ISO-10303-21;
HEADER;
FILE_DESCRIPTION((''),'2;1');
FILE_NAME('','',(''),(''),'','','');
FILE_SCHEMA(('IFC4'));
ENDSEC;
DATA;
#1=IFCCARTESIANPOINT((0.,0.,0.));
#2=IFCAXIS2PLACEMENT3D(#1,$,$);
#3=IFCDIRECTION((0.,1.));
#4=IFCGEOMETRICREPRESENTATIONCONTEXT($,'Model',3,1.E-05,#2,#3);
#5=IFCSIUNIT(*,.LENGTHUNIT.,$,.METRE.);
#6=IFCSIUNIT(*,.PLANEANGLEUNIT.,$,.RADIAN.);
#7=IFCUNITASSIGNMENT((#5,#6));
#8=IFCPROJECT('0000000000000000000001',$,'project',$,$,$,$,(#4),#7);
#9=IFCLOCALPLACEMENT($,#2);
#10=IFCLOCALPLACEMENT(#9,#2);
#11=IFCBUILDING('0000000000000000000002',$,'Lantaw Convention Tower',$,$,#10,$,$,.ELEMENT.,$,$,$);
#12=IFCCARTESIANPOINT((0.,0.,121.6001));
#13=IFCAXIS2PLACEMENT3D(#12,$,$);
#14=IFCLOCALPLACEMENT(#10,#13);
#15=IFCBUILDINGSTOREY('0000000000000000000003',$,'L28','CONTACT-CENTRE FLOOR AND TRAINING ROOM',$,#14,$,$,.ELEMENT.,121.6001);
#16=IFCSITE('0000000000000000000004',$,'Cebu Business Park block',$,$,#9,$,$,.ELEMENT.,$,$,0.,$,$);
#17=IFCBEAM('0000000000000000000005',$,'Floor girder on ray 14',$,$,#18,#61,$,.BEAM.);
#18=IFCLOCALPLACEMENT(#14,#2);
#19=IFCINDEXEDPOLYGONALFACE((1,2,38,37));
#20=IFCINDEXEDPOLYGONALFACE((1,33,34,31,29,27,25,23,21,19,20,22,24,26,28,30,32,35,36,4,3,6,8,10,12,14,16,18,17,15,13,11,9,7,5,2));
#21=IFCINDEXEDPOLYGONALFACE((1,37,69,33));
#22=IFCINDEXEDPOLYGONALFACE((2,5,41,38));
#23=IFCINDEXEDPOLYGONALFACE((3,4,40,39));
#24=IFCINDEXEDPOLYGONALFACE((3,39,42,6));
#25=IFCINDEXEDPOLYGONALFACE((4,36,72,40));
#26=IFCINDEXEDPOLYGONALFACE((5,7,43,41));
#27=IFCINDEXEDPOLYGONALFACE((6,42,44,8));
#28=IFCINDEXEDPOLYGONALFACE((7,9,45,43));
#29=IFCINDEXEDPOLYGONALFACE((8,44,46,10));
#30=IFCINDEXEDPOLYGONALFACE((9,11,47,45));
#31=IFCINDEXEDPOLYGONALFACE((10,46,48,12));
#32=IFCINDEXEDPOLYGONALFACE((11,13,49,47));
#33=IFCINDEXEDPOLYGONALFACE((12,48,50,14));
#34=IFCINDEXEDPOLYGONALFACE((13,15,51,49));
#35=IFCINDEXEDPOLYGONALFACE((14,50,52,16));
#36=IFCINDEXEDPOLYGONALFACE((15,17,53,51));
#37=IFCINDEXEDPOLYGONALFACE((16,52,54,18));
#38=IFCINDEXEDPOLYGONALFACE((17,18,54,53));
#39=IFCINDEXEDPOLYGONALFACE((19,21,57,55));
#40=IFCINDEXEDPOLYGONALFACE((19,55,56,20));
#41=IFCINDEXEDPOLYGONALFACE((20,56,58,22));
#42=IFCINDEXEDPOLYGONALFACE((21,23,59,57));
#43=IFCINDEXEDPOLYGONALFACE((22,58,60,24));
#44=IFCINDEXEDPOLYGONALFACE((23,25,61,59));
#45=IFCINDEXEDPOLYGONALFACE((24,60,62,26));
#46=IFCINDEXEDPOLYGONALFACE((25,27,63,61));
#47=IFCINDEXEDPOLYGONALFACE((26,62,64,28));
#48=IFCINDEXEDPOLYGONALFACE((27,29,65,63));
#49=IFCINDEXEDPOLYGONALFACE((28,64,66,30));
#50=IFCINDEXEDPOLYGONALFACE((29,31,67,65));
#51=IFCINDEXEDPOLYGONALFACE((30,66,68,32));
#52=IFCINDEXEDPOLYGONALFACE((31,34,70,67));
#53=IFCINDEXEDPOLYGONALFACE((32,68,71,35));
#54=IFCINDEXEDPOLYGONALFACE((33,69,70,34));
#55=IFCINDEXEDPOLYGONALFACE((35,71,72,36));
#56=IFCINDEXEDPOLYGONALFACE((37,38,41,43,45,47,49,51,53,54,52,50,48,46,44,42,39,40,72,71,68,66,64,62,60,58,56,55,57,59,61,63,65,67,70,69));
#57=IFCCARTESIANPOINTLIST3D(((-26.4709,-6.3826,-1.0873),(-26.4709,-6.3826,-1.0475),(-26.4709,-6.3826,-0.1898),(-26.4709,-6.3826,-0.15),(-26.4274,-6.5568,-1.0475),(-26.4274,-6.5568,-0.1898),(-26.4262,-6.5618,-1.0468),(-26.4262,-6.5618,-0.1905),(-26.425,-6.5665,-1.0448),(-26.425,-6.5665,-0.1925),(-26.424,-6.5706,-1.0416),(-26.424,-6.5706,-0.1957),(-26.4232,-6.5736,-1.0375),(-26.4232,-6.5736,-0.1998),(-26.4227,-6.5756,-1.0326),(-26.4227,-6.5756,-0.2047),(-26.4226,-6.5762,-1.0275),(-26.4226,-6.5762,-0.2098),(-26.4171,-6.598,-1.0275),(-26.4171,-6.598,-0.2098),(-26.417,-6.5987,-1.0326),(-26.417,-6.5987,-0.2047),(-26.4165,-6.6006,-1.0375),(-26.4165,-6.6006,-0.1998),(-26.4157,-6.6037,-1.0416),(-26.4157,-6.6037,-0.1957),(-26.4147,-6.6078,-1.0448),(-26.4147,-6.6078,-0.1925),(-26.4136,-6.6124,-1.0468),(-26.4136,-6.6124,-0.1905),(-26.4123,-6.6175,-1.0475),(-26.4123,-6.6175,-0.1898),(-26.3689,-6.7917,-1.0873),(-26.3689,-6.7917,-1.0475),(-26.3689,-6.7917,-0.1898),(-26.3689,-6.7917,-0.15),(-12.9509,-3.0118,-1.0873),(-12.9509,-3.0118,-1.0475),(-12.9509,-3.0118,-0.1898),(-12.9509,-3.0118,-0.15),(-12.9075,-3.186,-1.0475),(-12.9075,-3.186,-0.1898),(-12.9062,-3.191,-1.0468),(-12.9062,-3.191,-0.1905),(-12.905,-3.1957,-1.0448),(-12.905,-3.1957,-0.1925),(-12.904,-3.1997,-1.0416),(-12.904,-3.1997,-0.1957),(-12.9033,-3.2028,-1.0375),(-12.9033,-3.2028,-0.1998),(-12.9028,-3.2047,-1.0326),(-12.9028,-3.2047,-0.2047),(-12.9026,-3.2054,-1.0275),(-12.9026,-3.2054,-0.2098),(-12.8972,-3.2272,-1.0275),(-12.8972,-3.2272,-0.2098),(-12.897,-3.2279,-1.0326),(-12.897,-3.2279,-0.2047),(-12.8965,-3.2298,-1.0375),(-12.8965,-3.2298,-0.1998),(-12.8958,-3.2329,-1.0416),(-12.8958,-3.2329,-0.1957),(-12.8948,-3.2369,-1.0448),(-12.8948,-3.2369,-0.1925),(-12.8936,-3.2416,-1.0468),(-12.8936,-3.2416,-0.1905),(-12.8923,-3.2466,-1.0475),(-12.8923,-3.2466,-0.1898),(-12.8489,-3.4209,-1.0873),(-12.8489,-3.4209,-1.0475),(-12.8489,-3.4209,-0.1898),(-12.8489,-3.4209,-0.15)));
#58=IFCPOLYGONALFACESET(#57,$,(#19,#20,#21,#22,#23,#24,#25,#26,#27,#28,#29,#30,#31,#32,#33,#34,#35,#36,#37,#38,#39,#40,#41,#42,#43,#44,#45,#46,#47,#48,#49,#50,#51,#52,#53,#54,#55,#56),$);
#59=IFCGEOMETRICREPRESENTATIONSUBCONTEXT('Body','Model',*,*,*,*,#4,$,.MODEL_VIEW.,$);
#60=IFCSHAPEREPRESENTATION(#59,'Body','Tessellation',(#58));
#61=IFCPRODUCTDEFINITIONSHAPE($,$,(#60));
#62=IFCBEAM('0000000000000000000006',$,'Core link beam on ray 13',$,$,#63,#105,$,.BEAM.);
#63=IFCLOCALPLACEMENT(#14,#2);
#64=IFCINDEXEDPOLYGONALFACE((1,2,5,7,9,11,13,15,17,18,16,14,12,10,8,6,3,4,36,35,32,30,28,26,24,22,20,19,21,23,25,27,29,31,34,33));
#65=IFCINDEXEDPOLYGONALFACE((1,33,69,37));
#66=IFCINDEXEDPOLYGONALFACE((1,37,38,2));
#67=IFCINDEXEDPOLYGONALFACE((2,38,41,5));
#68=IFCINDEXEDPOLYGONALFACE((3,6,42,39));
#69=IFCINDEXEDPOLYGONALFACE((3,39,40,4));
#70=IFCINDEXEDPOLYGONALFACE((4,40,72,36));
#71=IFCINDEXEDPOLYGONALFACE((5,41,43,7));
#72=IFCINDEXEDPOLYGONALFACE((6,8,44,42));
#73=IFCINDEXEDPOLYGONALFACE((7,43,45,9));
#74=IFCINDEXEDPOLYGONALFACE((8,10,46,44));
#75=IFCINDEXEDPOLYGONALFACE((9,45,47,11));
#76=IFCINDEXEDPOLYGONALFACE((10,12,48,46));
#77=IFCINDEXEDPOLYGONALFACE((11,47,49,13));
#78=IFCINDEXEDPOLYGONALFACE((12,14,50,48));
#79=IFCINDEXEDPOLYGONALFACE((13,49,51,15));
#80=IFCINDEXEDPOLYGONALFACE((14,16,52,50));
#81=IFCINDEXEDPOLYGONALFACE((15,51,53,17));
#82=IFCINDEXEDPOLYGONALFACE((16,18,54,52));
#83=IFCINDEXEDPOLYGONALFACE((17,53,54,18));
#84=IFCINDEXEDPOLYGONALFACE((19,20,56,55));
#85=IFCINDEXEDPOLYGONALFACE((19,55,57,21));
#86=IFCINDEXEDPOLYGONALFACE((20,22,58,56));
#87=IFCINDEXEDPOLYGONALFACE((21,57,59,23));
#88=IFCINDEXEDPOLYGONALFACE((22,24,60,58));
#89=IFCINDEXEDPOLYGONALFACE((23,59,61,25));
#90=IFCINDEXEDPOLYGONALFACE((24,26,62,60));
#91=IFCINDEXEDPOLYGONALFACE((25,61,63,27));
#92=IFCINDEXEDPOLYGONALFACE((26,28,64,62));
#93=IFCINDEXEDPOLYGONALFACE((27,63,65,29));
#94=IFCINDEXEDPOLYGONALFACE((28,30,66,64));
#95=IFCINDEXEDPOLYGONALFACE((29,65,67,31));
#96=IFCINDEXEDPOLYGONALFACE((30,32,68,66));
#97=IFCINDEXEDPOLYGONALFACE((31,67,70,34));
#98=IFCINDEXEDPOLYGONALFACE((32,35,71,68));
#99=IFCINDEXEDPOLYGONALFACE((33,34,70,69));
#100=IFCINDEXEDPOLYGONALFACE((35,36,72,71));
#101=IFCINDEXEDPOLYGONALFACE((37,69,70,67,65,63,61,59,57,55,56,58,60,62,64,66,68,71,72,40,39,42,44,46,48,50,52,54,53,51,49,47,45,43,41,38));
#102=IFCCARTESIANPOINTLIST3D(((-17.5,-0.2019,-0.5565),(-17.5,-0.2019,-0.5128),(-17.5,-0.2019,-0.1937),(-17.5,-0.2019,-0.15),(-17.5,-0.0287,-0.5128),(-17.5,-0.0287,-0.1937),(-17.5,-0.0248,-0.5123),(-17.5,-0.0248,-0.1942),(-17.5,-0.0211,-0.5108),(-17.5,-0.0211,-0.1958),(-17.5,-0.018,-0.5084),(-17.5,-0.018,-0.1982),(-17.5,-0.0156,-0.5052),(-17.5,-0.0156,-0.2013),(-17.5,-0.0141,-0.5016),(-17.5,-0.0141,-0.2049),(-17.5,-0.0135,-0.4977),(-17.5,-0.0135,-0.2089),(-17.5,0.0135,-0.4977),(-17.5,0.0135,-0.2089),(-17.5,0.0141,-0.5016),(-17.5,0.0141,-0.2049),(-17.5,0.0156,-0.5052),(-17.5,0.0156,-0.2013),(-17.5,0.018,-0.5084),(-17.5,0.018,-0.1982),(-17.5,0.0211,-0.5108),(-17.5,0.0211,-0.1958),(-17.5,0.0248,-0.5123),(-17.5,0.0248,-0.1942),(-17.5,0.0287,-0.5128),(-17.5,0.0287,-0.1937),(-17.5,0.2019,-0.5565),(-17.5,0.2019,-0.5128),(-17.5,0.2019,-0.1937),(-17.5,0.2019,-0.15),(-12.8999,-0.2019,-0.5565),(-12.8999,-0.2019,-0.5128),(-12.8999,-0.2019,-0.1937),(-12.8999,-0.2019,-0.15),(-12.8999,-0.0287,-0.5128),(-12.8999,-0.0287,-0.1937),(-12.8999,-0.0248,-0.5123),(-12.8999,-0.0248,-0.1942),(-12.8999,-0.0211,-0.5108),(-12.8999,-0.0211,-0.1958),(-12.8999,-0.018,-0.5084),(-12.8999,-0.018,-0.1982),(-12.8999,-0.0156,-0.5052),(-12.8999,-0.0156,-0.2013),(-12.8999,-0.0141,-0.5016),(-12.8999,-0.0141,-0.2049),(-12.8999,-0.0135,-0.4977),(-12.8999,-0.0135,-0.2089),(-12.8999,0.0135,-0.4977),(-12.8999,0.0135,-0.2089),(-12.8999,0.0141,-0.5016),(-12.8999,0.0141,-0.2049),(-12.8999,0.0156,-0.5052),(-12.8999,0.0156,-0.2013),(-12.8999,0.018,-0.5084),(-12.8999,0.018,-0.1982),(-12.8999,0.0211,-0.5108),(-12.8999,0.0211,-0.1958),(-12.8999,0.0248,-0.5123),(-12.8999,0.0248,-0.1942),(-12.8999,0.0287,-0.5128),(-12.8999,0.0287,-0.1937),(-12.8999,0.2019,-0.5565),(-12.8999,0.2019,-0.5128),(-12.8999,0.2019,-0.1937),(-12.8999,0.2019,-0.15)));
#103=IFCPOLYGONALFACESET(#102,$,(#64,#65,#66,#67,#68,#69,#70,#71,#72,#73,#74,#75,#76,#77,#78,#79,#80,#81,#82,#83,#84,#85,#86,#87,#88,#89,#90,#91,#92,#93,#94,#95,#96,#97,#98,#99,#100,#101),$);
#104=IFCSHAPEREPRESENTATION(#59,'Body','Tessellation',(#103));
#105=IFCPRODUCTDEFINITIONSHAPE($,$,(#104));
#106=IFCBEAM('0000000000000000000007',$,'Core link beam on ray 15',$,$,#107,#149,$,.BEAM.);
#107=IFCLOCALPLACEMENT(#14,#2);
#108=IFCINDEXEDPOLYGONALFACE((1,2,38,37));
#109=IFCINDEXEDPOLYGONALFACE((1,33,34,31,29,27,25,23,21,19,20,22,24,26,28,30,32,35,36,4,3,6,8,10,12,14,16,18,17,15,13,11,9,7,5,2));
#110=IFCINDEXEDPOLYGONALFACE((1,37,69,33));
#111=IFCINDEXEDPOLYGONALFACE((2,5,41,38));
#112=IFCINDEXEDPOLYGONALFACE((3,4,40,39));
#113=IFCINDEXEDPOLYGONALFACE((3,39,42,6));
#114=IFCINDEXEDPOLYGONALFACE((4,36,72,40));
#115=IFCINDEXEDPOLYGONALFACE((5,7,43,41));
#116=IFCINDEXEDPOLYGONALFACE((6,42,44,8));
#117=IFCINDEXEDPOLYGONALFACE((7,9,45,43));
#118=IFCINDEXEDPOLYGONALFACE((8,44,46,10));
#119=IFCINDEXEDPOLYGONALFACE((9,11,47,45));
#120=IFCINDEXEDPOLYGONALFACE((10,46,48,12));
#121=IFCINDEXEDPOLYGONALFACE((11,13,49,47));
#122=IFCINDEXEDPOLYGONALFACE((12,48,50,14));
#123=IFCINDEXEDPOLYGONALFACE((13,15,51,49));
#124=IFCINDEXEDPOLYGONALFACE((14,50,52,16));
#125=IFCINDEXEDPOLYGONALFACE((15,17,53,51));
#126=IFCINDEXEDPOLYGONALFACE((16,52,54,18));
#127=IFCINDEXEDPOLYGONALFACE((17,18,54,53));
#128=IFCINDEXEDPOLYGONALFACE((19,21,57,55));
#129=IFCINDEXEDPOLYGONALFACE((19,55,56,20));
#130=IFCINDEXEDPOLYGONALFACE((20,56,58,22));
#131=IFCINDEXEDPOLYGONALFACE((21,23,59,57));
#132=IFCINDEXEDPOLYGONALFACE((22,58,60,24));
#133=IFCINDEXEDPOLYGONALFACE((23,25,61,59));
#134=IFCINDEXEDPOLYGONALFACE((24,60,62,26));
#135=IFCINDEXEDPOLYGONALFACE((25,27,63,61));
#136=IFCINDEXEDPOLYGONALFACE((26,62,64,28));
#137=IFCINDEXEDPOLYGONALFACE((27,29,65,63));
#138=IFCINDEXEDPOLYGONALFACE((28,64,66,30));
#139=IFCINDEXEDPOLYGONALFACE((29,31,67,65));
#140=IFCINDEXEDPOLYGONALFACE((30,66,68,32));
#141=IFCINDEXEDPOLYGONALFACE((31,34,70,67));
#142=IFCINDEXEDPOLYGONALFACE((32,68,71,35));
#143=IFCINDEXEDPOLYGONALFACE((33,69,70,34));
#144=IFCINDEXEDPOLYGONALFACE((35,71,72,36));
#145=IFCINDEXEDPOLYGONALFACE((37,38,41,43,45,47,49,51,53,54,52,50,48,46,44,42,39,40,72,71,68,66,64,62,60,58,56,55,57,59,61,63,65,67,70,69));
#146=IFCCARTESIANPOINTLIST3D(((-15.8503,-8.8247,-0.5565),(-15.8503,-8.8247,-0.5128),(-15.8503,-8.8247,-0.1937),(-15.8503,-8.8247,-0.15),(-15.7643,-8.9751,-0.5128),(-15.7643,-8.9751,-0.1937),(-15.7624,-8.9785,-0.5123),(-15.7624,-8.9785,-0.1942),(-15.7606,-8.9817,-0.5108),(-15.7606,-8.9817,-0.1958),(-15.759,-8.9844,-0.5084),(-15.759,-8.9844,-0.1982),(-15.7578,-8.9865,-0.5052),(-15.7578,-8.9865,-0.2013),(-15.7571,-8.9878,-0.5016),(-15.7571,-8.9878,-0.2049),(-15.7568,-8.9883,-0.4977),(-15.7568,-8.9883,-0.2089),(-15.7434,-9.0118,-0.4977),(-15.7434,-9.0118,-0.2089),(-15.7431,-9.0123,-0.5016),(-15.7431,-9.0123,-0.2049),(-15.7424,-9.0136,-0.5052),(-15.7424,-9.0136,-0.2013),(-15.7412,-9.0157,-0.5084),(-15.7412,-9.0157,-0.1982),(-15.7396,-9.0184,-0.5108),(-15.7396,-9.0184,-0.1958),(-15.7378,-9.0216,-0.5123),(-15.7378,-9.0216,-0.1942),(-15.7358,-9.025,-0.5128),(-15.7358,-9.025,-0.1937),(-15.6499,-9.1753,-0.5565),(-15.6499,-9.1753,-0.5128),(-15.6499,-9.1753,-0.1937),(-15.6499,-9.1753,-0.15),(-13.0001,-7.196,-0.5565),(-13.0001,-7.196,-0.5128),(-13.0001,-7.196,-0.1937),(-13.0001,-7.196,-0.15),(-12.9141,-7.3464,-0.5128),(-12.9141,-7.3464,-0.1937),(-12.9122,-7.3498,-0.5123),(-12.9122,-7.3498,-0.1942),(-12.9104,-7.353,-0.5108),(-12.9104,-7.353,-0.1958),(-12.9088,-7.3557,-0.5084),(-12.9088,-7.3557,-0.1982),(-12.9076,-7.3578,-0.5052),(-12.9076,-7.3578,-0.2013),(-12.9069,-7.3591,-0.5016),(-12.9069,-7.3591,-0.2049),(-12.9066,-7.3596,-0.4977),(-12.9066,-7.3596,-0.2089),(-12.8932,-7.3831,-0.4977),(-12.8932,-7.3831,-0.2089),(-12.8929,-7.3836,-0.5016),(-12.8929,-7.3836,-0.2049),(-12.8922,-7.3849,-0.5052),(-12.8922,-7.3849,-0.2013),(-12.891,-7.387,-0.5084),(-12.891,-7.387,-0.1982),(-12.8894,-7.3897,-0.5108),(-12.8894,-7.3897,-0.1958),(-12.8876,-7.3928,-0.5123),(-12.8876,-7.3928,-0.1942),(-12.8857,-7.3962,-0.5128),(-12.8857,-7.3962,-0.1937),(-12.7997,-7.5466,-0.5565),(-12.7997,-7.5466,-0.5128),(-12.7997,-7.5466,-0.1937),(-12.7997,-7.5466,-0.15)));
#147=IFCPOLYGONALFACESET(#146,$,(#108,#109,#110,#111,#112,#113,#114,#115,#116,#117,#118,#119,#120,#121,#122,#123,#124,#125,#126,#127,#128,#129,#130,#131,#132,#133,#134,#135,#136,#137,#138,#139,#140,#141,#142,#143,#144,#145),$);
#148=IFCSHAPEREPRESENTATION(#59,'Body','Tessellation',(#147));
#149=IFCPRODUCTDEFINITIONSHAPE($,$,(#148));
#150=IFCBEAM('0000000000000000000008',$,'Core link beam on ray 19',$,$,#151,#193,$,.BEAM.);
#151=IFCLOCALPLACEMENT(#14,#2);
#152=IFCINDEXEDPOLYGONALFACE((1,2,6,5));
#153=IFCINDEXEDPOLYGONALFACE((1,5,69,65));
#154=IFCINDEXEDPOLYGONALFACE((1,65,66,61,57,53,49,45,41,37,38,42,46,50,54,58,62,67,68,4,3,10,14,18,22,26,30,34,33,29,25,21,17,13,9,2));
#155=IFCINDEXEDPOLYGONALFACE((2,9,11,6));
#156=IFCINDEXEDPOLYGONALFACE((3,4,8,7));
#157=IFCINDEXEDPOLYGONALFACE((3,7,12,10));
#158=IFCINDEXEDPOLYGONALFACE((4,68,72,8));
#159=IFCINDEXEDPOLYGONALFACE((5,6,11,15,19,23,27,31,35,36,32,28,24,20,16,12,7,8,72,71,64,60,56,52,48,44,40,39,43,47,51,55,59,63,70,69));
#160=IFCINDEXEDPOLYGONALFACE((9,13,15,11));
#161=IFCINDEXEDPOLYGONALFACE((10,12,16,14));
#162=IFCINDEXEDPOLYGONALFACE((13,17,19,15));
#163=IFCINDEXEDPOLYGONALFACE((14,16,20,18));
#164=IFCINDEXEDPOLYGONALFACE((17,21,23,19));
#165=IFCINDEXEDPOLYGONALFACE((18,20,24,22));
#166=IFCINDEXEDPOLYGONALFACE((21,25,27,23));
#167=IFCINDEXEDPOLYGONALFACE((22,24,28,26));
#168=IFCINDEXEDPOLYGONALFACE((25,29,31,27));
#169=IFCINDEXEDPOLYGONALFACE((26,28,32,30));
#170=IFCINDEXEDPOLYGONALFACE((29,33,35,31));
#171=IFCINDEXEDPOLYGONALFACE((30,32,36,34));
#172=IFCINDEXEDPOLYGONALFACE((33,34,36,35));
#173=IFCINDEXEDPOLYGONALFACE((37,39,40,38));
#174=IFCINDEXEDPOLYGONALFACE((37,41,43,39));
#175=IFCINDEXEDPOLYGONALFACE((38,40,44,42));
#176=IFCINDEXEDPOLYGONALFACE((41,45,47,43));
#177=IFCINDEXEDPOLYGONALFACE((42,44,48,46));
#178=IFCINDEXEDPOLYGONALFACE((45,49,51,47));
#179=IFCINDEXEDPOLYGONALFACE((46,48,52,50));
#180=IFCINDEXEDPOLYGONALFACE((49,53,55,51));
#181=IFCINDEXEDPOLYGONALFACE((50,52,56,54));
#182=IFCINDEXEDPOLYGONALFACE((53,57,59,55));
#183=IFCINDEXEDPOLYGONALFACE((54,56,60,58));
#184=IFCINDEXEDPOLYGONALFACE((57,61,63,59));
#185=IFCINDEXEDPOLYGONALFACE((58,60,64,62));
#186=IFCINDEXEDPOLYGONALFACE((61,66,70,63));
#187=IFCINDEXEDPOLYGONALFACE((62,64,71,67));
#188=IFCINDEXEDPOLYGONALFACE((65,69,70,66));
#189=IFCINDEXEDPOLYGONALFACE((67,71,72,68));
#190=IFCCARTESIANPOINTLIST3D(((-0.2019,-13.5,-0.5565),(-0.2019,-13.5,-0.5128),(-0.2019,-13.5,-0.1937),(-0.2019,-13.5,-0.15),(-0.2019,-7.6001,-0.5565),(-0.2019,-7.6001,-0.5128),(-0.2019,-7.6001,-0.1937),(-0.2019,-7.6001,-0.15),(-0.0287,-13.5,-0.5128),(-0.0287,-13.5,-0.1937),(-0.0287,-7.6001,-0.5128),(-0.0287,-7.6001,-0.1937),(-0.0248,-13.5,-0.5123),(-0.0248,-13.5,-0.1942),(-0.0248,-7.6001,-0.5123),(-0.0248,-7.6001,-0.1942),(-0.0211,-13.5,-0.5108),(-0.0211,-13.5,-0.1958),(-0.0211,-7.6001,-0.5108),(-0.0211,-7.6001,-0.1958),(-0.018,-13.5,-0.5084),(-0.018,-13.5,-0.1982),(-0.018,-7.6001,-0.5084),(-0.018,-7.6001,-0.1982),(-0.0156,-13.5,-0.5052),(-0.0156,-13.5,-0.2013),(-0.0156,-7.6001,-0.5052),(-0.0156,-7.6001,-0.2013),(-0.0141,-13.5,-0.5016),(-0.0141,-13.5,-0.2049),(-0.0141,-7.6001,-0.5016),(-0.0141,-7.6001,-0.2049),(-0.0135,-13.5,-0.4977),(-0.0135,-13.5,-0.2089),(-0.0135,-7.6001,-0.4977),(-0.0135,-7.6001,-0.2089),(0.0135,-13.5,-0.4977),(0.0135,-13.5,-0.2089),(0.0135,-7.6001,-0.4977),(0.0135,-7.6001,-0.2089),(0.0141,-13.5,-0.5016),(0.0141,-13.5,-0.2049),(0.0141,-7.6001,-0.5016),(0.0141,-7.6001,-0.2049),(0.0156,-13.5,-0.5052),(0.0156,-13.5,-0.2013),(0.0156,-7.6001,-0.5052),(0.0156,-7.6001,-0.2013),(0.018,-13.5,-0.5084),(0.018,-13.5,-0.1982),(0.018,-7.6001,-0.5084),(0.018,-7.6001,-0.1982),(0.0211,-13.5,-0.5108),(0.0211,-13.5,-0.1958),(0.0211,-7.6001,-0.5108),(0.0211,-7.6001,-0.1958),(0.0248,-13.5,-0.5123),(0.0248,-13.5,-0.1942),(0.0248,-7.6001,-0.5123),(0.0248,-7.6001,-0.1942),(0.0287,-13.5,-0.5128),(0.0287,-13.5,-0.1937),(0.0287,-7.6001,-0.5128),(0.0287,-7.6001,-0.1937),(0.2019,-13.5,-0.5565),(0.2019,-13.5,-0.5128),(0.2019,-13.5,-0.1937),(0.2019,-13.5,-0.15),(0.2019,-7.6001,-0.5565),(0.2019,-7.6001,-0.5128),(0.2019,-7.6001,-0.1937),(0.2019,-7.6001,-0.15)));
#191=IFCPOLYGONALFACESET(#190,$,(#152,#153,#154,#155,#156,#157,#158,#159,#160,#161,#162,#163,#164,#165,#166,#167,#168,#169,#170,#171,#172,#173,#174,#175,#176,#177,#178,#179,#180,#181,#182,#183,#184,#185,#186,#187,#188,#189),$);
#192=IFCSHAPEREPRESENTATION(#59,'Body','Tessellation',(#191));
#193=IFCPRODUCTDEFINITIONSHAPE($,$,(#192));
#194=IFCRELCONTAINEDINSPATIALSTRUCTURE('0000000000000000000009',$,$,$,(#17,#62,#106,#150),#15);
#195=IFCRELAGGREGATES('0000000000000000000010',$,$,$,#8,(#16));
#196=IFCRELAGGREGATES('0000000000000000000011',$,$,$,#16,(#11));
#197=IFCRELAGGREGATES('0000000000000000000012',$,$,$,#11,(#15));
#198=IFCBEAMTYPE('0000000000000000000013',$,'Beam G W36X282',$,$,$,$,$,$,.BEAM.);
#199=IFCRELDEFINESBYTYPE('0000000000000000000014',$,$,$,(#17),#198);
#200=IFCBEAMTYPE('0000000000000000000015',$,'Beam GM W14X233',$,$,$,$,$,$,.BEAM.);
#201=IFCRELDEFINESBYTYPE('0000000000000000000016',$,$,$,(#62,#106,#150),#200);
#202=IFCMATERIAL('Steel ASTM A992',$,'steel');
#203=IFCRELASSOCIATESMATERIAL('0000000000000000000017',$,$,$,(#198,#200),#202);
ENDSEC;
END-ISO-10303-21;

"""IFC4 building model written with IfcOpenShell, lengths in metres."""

from ifc_helpers import new_model, si_unit, direction, frame, origin, origin_2d, place, context, subcontext, project, spatial, i_section, extrude, material, material_profile, profile_set, type_object, element, save


model = new_model("IFC4")

# Units and contexts
model_context = context("Model", 3, precision=1e-05, world=origin(), true_north=direction((0.0, 1.0)))
body_context = subcontext(model_context, "Body", "Model", "MODEL_VIEW")
ifc_project = project(units=[si_unit("LENGTHUNIT", "METRE"), si_unit("PLANEANGLEUNIT", "RADIAN")], contexts=[model_context])

# Site, building, storey
site_placement = place(None, origin())
site = spatial("IfcSite", under=ifc_project, at=site_placement, Name="Cebu Business Park block", CompositionType="ELEMENT", RefElevation=0.0)
building_placement = place(site_placement, origin())
building = spatial("IfcBuilding", under=site, at=building_placement, Name="Lantaw Convention Tower", CompositionType="ELEMENT")
storey_placement = place(building_placement, frame((0.0, 0.0, 121.6001)))
storey = spatial("IfcBuildingStorey", under=building, at=storey_placement, Name="L28", Description="CONTACT-CENTRE FLOOR AND TRAINING ROOM", CompositionType="ELEMENT", Elevation=121.6001)

# Beams
ifc_material_1 = material(Name="Steel ASTM A992", Category="steel")
ifc_material_profile_1 = material_profile(ifc_material_1, i_section(OverallWidth=0.4216, OverallDepth=0.9373, WebThickness=0.0225, FlangeThickness=0.0398, FilletRadius=0.02, at=origin_2d()), Name="W36X282")
ifc_profile_set_1 = profile_set([ifc_material_profile_1], Name="Steel ASTM A992")
beam_type_1 = type_object("IfcBeamType", Name="Beam G W36X282", PredefinedType="BEAM", material=ifc_profile_set_1)
beam_1_placement = place(storey_placement, frame((-12.8999, -3.2163, -0.6187), z_axis=(-0.970297, -0.241917, 0.0), x_axis=(0.241917, -0.970297, 0.0)))
element("IfcBeam", 1, at=beam_1_placement, inside=storey, type_object=beam_type_1, Name="Floor girder on ray 14", PredefinedType="BEAM", context=body_context, shape_type="SweptSolid", body=[
    extrude(i_section(OverallWidth=0.4216, OverallDepth=0.9373, WebThickness=0.0225, FlangeThickness=0.0398, FilletRadius=0.02, at=origin_2d()), origin(), (0.0, 0.0, 1.0), 13.9338),
])
ifc_material_profile_2 = material_profile(ifc_material_1, i_section(OverallWidth=0.4038, OverallDepth=0.4065, WebThickness=0.0271, FlangeThickness=0.0437, FilletRadius=0.0151, at=origin_2d()), Name="W14X233")
ifc_profile_set_2 = profile_set([ifc_material_profile_2], Name="Steel ASTM A992")
beam_type_2 = type_object("IfcBeamType", Name="Beam GM W14X233", PredefinedType="BEAM", material=ifc_profile_set_2)
beam_2_placement = place(storey_placement, frame((-12.8999, 0.0, -0.3533), z_axis=(-1.0, 0.0, 0.0), x_axis=(0.0, -1.0, 0.0)))
element("IfcBeam", 2, at=beam_2_placement, inside=storey, type_object=beam_type_2, Name="Core link beam on ray 13", PredefinedType="BEAM", context=body_context, shape_type="SweptSolid", body=[
    extrude(i_section(OverallWidth=0.4038, OverallDepth=0.4065, WebThickness=0.0271, FlangeThickness=0.0437, FilletRadius=0.0151, at=origin_2d()), origin(), (0.0, 0.0, 1.0), 4.6001),
])
beam_3_placement = place(storey_placement, frame((-12.8999, -7.3713, -0.3533), z_axis=(-0.868239, -0.496147, 0.0), x_axis=(0.496147, -0.868239, 0.0)))
element("IfcBeam", 3, at=beam_3_placement, inside=storey, type_object=beam_type_2, Name="Core link beam on ray 15", PredefinedType="BEAM", context=body_context, shape_type="SweptSolid", body=[
    extrude(i_section(OverallWidth=0.4038, OverallDepth=0.4065, WebThickness=0.0271, FlangeThickness=0.0437, FilletRadius=0.0151, at=origin_2d()), origin(), (0.0, 0.0, 1.0), 3.2827),
])
beam_4_placement = place(storey_placement, frame((0.0, -7.6001, -0.3533), z_axis=(0.0, -1.0, 0.0), x_axis=(1.0, 0.0, 0.0)))
element("IfcBeam", 4, at=beam_4_placement, inside=storey, type_object=beam_type_2, Name="Core link beam on ray 19", PredefinedType="BEAM", context=body_context, shape_type="SweptSolid", body=[
    extrude(i_section(OverallWidth=0.4038, OverallDepth=0.4065, WebThickness=0.0271, FlangeThickness=0.0437, FilletRadius=0.0151, at=origin_2d()), origin(), (0.0, 0.0, 1.0), 5.8999),
])

save(model, "model.ifc")
